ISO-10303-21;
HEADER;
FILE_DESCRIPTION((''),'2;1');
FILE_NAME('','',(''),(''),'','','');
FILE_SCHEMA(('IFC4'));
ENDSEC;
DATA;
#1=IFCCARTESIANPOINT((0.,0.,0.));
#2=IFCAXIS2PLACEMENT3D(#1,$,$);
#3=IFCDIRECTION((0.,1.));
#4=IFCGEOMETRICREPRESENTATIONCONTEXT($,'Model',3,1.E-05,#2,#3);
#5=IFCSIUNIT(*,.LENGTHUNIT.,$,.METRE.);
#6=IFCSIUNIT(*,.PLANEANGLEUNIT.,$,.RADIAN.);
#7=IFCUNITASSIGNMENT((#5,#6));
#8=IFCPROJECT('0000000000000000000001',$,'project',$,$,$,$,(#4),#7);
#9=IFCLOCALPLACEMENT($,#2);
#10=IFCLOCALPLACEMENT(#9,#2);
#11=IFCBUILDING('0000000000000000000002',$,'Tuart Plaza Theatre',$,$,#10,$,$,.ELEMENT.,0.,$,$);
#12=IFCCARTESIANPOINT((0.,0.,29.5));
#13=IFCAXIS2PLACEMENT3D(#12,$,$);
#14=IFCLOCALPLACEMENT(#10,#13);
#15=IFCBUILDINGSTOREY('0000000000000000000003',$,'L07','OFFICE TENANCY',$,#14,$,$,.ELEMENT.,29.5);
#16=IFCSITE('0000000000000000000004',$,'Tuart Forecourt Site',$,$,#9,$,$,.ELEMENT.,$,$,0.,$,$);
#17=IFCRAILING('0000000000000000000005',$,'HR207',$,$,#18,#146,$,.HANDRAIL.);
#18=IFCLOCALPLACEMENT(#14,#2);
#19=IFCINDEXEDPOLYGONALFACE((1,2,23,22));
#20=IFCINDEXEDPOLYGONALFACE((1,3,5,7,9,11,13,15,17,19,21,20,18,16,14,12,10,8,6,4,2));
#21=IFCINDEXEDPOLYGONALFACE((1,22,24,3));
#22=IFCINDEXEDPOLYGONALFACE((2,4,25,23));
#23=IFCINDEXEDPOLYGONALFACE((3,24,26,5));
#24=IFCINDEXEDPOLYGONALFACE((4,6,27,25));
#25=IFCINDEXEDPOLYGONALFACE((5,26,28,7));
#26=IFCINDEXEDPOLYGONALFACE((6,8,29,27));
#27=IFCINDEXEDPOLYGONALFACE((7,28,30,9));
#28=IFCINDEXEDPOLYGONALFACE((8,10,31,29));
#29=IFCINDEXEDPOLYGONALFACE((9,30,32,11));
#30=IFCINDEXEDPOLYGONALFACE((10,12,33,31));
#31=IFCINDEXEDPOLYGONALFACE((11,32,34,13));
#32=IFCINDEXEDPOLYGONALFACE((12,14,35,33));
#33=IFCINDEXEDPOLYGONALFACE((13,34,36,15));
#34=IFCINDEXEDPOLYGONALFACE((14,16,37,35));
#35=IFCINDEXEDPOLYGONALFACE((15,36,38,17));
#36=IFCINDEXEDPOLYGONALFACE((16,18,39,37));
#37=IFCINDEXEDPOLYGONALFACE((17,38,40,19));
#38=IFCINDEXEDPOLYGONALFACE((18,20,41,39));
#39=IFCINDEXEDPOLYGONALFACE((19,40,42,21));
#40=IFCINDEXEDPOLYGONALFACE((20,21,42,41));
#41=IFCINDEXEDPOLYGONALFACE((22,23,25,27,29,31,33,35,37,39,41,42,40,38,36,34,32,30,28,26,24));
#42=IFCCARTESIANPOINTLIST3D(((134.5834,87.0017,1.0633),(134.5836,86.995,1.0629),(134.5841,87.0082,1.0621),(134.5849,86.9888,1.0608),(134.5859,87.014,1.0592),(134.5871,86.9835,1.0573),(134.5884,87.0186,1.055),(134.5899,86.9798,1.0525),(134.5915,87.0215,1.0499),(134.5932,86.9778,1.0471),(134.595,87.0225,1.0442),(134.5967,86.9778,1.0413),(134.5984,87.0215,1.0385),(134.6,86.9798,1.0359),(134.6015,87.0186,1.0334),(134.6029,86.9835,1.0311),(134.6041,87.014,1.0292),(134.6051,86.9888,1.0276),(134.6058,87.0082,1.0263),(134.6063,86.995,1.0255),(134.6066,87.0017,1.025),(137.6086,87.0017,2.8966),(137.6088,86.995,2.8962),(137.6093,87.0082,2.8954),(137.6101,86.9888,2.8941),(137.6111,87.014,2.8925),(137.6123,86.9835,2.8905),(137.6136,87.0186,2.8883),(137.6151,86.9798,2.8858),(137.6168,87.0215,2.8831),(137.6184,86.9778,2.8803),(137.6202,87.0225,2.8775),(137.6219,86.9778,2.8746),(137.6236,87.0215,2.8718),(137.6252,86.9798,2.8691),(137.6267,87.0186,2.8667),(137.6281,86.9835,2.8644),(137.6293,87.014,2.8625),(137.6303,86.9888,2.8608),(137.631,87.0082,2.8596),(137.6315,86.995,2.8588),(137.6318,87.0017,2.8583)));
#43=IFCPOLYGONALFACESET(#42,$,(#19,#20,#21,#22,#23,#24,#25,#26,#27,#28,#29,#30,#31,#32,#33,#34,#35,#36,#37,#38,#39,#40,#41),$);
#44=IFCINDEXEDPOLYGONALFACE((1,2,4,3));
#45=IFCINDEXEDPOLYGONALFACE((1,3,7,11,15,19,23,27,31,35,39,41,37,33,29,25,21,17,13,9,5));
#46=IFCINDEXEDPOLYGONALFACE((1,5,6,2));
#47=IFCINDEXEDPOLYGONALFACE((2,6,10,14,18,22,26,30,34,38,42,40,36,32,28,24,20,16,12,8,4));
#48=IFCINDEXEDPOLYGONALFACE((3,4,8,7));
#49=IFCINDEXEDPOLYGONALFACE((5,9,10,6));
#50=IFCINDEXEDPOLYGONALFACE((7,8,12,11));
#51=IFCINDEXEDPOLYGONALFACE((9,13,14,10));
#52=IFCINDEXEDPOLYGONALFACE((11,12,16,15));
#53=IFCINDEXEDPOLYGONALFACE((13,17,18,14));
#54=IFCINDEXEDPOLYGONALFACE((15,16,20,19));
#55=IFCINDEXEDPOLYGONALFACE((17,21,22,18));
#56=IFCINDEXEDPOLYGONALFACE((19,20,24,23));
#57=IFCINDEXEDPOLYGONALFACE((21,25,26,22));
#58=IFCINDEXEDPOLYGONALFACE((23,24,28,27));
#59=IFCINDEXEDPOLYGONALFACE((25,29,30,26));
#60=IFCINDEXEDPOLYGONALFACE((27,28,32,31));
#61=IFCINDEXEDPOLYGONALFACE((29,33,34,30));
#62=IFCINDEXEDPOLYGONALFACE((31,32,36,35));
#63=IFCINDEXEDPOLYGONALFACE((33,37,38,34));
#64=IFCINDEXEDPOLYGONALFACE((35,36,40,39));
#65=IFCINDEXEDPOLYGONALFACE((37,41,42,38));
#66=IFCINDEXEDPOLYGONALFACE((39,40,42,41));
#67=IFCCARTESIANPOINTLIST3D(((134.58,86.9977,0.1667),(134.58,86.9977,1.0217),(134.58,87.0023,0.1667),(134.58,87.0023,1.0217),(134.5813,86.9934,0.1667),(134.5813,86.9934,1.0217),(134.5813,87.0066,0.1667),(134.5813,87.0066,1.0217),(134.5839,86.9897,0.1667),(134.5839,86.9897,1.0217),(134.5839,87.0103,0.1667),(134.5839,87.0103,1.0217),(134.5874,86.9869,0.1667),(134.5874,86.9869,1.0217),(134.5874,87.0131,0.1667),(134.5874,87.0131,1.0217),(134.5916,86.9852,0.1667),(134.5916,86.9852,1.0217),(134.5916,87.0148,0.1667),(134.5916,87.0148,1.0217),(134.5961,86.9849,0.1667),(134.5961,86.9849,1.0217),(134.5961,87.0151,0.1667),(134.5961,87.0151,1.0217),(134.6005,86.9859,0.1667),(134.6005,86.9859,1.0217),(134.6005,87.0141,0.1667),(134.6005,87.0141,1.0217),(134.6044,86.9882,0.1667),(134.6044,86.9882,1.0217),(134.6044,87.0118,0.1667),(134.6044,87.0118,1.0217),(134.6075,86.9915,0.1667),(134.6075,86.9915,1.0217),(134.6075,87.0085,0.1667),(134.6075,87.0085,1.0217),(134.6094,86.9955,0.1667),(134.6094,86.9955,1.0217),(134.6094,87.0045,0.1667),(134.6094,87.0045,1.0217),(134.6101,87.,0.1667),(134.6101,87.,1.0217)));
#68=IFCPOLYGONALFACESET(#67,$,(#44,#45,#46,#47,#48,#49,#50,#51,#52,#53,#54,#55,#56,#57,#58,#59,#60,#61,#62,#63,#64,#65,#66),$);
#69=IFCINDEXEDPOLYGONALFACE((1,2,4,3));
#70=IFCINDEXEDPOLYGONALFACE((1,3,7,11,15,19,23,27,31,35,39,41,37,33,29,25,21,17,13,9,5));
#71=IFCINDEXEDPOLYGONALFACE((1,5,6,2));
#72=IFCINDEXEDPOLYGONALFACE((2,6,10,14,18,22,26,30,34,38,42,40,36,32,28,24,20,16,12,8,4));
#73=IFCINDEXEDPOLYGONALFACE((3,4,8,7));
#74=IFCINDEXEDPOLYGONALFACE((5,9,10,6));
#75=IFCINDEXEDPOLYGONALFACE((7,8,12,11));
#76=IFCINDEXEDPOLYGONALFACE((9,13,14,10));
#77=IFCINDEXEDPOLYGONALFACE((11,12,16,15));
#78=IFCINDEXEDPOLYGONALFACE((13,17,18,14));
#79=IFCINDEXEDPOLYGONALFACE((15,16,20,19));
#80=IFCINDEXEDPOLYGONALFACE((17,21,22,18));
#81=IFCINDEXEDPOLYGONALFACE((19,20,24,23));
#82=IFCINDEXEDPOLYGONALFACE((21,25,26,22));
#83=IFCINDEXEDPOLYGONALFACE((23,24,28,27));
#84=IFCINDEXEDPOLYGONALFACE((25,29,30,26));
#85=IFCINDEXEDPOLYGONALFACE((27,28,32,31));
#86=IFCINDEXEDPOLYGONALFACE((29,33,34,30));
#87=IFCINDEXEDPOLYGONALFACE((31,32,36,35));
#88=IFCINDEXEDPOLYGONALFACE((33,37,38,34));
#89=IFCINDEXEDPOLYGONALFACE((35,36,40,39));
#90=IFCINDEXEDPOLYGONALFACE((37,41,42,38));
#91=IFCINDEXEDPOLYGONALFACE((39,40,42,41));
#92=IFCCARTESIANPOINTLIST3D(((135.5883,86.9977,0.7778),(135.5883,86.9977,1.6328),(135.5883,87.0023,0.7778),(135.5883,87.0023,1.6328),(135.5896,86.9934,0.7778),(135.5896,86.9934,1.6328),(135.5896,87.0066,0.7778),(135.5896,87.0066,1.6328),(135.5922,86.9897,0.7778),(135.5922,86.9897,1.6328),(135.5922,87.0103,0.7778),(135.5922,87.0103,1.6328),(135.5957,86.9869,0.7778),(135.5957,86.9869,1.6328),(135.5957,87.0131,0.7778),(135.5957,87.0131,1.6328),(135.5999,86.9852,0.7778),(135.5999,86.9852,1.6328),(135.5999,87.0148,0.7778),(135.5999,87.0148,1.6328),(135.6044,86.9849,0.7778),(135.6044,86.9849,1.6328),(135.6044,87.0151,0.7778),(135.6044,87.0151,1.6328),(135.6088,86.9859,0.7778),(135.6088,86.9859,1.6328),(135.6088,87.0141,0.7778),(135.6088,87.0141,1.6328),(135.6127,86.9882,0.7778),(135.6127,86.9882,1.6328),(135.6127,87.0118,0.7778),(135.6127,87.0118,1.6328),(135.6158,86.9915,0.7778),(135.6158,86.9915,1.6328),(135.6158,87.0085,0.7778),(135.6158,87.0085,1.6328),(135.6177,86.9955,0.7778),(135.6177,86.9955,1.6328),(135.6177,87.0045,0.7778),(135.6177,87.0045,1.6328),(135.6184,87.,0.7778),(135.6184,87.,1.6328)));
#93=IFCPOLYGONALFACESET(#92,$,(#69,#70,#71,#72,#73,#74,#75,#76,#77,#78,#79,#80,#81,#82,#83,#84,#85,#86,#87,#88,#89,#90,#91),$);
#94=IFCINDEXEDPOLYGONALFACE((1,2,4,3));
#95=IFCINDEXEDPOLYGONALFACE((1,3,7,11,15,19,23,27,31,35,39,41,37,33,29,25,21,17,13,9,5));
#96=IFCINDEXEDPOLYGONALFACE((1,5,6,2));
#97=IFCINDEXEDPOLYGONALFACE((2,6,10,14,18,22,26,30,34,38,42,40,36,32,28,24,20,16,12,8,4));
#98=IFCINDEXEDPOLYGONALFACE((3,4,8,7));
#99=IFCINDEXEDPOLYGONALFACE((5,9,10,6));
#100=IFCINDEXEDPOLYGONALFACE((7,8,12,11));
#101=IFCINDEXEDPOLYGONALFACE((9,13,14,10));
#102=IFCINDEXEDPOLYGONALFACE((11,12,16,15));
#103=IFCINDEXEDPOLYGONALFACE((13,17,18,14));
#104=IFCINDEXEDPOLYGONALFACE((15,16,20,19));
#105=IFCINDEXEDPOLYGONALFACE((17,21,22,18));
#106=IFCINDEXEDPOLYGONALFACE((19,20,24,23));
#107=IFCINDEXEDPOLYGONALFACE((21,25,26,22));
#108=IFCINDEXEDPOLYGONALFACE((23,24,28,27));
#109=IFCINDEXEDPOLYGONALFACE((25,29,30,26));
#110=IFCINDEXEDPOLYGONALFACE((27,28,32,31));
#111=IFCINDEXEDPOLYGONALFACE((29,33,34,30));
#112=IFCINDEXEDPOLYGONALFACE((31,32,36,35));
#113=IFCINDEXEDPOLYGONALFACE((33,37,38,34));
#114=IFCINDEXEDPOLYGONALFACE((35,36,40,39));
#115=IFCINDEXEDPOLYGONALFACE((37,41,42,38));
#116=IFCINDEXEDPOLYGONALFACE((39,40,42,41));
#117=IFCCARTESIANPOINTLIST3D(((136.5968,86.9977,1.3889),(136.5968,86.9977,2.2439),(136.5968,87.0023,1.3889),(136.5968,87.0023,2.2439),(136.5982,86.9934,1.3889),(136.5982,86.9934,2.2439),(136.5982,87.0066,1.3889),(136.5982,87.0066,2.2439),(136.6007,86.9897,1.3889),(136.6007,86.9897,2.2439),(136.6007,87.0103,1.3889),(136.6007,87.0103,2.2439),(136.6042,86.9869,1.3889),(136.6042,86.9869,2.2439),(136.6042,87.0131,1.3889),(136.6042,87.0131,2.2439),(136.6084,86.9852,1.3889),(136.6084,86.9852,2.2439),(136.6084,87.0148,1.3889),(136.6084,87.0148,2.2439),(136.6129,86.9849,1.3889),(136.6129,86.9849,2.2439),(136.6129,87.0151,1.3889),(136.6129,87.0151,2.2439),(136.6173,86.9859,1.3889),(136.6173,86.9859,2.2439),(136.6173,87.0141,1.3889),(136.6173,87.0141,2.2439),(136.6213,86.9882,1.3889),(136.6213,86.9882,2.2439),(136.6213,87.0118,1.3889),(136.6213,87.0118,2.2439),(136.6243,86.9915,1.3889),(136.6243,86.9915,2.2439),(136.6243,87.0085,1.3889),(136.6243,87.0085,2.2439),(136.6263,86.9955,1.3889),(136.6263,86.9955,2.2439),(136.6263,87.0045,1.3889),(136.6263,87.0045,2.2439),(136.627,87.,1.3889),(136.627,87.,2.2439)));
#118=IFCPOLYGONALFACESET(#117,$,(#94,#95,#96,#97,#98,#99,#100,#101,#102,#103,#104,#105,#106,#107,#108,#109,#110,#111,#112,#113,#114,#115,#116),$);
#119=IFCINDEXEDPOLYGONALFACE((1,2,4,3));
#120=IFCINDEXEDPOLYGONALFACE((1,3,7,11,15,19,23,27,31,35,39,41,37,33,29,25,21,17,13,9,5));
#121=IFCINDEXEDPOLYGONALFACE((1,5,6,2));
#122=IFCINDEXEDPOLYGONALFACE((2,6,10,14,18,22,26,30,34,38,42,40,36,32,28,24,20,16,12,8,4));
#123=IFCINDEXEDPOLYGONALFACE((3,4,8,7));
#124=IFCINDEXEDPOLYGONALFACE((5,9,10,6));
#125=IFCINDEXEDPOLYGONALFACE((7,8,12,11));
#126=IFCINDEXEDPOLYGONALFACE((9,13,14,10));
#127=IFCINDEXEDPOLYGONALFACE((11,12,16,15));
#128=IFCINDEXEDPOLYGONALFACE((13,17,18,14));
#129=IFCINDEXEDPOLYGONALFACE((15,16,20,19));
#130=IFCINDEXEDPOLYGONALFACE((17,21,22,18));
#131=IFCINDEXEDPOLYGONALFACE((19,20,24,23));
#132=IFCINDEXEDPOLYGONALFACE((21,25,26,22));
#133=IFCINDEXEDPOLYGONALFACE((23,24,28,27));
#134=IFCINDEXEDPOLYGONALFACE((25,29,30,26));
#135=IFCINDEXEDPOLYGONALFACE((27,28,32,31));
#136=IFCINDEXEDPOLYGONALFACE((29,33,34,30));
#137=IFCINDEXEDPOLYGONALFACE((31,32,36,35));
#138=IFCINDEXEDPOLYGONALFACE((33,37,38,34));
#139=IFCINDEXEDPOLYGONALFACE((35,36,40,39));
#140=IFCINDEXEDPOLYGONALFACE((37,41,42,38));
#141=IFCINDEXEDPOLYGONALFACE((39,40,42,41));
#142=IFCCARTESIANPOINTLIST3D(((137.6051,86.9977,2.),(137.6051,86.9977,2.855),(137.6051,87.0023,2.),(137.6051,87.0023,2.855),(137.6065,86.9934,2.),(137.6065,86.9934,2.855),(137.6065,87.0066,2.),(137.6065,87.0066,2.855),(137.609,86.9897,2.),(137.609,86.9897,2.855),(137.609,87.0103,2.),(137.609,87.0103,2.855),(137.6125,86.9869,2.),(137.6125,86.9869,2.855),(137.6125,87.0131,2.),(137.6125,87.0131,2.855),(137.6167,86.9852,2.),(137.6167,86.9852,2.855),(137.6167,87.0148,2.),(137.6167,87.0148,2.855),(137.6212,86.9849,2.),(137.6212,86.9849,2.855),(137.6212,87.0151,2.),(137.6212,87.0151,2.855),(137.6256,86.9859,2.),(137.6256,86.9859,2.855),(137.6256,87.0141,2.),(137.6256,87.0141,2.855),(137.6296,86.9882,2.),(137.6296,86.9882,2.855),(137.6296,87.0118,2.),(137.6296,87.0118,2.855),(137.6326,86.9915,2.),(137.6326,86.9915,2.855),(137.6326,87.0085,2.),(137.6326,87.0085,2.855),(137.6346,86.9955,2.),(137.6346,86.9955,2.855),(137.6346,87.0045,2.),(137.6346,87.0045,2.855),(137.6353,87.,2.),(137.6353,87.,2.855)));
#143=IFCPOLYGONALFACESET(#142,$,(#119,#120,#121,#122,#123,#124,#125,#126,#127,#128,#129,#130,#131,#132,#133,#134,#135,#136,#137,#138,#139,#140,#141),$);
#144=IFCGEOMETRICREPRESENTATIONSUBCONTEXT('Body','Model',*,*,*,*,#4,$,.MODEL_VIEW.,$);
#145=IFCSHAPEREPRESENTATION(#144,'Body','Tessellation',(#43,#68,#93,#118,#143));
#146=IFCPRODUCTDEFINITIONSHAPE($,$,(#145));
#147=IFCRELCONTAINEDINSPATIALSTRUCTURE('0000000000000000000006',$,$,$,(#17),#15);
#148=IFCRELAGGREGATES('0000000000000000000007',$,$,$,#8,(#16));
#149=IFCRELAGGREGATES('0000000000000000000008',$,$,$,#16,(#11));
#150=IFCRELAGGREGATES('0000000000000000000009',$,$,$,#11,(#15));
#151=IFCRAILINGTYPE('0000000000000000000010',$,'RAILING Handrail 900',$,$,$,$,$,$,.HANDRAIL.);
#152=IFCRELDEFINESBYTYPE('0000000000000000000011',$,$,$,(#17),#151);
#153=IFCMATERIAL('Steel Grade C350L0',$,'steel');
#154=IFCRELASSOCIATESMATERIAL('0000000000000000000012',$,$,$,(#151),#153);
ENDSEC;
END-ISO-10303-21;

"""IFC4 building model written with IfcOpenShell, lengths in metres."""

from ifc_helpers import new_model, si_unit, direction, frame, origin, origin_2d, place, context, subcontext, project, spatial, circle, extrude, material, type_object, element, save


model = new_model("IFC4")

# Units and contexts
model_context = context("Model", 3, precision=1e-05, world=origin(), true_north=direction((0.0, 1.0)))
body_context = subcontext(model_context, "Body", "Model", "MODEL_VIEW")
ifc_project = project(units=[si_unit("LENGTHUNIT", "METRE"), si_unit("PLANEANGLEUNIT", "RADIAN")], contexts=[model_context])

# Site, building, storey
site_placement = place(None, origin())
site = spatial("IfcSite", under=ifc_project, at=site_placement, Name="Tuart Forecourt Site", CompositionType="ELEMENT", RefElevation=0.0)
building_placement = place(site_placement, origin())
building = spatial("IfcBuilding", under=site, at=building_placement, Name="Tuart Plaza Theatre", CompositionType="ELEMENT", ElevationOfRefHeight=0.0)
storey_placement = place(building_placement, frame((0.0, 0.0, 29.5)))
storey = spatial("IfcBuildingStorey", under=building, at=storey_placement, Name="L07", Description="OFFICE TENANCY", CompositionType="ELEMENT", Elevation=29.5)

# Railing
ifc_material_1 = material(Name="Steel Grade C350L0", Category="steel")
railing_type_1 = type_object("IfcRailingType", Name="RAILING Handrail 900", PredefinedType="HANDRAIL", material=ifc_material_1)
for number, where, name in (
    (1, (134.595, 87.0, 0.1667), "HR207"),
):
    element("IfcRailing", number, at=place(storey_placement, frame(where)), inside=storey, type_object=railing_type_1, Name=name, PredefinedType="HANDRAIL", context=body_context, shape_type="SweptSolid", body=[
        extrude(circle(Radius=0.0225, at=origin_2d()), frame((0.0, 0.0, 0.8774), z_axis=(0.855219, 0.0, 0.518267), x_axis=(0.0, 1.0, 0.0)), (0.0, 0.0, 1.0), 3.5374),
        extrude(circle(Radius=0.0151, at=origin_2d()), origin(), (0.0, 0.0, 1.0), 0.855),
        extrude(circle(Radius=0.0151, at=origin_2d()), frame((1.0083, 0.0, 0.6111)), (0.0, 0.0, 1.0), 0.855),
        extrude(circle(Radius=0.0151, at=origin_2d()), frame((2.0168, 0.0, 1.2222)), (0.0, 0.0, 1.0), 0.855),
        extrude(circle(Radius=0.0151, at=origin_2d()), frame((3.0251, 0.0, 1.8333)), (0.0, 0.0, 1.0), 0.855),
    ])

save(model, "model.ifc")
